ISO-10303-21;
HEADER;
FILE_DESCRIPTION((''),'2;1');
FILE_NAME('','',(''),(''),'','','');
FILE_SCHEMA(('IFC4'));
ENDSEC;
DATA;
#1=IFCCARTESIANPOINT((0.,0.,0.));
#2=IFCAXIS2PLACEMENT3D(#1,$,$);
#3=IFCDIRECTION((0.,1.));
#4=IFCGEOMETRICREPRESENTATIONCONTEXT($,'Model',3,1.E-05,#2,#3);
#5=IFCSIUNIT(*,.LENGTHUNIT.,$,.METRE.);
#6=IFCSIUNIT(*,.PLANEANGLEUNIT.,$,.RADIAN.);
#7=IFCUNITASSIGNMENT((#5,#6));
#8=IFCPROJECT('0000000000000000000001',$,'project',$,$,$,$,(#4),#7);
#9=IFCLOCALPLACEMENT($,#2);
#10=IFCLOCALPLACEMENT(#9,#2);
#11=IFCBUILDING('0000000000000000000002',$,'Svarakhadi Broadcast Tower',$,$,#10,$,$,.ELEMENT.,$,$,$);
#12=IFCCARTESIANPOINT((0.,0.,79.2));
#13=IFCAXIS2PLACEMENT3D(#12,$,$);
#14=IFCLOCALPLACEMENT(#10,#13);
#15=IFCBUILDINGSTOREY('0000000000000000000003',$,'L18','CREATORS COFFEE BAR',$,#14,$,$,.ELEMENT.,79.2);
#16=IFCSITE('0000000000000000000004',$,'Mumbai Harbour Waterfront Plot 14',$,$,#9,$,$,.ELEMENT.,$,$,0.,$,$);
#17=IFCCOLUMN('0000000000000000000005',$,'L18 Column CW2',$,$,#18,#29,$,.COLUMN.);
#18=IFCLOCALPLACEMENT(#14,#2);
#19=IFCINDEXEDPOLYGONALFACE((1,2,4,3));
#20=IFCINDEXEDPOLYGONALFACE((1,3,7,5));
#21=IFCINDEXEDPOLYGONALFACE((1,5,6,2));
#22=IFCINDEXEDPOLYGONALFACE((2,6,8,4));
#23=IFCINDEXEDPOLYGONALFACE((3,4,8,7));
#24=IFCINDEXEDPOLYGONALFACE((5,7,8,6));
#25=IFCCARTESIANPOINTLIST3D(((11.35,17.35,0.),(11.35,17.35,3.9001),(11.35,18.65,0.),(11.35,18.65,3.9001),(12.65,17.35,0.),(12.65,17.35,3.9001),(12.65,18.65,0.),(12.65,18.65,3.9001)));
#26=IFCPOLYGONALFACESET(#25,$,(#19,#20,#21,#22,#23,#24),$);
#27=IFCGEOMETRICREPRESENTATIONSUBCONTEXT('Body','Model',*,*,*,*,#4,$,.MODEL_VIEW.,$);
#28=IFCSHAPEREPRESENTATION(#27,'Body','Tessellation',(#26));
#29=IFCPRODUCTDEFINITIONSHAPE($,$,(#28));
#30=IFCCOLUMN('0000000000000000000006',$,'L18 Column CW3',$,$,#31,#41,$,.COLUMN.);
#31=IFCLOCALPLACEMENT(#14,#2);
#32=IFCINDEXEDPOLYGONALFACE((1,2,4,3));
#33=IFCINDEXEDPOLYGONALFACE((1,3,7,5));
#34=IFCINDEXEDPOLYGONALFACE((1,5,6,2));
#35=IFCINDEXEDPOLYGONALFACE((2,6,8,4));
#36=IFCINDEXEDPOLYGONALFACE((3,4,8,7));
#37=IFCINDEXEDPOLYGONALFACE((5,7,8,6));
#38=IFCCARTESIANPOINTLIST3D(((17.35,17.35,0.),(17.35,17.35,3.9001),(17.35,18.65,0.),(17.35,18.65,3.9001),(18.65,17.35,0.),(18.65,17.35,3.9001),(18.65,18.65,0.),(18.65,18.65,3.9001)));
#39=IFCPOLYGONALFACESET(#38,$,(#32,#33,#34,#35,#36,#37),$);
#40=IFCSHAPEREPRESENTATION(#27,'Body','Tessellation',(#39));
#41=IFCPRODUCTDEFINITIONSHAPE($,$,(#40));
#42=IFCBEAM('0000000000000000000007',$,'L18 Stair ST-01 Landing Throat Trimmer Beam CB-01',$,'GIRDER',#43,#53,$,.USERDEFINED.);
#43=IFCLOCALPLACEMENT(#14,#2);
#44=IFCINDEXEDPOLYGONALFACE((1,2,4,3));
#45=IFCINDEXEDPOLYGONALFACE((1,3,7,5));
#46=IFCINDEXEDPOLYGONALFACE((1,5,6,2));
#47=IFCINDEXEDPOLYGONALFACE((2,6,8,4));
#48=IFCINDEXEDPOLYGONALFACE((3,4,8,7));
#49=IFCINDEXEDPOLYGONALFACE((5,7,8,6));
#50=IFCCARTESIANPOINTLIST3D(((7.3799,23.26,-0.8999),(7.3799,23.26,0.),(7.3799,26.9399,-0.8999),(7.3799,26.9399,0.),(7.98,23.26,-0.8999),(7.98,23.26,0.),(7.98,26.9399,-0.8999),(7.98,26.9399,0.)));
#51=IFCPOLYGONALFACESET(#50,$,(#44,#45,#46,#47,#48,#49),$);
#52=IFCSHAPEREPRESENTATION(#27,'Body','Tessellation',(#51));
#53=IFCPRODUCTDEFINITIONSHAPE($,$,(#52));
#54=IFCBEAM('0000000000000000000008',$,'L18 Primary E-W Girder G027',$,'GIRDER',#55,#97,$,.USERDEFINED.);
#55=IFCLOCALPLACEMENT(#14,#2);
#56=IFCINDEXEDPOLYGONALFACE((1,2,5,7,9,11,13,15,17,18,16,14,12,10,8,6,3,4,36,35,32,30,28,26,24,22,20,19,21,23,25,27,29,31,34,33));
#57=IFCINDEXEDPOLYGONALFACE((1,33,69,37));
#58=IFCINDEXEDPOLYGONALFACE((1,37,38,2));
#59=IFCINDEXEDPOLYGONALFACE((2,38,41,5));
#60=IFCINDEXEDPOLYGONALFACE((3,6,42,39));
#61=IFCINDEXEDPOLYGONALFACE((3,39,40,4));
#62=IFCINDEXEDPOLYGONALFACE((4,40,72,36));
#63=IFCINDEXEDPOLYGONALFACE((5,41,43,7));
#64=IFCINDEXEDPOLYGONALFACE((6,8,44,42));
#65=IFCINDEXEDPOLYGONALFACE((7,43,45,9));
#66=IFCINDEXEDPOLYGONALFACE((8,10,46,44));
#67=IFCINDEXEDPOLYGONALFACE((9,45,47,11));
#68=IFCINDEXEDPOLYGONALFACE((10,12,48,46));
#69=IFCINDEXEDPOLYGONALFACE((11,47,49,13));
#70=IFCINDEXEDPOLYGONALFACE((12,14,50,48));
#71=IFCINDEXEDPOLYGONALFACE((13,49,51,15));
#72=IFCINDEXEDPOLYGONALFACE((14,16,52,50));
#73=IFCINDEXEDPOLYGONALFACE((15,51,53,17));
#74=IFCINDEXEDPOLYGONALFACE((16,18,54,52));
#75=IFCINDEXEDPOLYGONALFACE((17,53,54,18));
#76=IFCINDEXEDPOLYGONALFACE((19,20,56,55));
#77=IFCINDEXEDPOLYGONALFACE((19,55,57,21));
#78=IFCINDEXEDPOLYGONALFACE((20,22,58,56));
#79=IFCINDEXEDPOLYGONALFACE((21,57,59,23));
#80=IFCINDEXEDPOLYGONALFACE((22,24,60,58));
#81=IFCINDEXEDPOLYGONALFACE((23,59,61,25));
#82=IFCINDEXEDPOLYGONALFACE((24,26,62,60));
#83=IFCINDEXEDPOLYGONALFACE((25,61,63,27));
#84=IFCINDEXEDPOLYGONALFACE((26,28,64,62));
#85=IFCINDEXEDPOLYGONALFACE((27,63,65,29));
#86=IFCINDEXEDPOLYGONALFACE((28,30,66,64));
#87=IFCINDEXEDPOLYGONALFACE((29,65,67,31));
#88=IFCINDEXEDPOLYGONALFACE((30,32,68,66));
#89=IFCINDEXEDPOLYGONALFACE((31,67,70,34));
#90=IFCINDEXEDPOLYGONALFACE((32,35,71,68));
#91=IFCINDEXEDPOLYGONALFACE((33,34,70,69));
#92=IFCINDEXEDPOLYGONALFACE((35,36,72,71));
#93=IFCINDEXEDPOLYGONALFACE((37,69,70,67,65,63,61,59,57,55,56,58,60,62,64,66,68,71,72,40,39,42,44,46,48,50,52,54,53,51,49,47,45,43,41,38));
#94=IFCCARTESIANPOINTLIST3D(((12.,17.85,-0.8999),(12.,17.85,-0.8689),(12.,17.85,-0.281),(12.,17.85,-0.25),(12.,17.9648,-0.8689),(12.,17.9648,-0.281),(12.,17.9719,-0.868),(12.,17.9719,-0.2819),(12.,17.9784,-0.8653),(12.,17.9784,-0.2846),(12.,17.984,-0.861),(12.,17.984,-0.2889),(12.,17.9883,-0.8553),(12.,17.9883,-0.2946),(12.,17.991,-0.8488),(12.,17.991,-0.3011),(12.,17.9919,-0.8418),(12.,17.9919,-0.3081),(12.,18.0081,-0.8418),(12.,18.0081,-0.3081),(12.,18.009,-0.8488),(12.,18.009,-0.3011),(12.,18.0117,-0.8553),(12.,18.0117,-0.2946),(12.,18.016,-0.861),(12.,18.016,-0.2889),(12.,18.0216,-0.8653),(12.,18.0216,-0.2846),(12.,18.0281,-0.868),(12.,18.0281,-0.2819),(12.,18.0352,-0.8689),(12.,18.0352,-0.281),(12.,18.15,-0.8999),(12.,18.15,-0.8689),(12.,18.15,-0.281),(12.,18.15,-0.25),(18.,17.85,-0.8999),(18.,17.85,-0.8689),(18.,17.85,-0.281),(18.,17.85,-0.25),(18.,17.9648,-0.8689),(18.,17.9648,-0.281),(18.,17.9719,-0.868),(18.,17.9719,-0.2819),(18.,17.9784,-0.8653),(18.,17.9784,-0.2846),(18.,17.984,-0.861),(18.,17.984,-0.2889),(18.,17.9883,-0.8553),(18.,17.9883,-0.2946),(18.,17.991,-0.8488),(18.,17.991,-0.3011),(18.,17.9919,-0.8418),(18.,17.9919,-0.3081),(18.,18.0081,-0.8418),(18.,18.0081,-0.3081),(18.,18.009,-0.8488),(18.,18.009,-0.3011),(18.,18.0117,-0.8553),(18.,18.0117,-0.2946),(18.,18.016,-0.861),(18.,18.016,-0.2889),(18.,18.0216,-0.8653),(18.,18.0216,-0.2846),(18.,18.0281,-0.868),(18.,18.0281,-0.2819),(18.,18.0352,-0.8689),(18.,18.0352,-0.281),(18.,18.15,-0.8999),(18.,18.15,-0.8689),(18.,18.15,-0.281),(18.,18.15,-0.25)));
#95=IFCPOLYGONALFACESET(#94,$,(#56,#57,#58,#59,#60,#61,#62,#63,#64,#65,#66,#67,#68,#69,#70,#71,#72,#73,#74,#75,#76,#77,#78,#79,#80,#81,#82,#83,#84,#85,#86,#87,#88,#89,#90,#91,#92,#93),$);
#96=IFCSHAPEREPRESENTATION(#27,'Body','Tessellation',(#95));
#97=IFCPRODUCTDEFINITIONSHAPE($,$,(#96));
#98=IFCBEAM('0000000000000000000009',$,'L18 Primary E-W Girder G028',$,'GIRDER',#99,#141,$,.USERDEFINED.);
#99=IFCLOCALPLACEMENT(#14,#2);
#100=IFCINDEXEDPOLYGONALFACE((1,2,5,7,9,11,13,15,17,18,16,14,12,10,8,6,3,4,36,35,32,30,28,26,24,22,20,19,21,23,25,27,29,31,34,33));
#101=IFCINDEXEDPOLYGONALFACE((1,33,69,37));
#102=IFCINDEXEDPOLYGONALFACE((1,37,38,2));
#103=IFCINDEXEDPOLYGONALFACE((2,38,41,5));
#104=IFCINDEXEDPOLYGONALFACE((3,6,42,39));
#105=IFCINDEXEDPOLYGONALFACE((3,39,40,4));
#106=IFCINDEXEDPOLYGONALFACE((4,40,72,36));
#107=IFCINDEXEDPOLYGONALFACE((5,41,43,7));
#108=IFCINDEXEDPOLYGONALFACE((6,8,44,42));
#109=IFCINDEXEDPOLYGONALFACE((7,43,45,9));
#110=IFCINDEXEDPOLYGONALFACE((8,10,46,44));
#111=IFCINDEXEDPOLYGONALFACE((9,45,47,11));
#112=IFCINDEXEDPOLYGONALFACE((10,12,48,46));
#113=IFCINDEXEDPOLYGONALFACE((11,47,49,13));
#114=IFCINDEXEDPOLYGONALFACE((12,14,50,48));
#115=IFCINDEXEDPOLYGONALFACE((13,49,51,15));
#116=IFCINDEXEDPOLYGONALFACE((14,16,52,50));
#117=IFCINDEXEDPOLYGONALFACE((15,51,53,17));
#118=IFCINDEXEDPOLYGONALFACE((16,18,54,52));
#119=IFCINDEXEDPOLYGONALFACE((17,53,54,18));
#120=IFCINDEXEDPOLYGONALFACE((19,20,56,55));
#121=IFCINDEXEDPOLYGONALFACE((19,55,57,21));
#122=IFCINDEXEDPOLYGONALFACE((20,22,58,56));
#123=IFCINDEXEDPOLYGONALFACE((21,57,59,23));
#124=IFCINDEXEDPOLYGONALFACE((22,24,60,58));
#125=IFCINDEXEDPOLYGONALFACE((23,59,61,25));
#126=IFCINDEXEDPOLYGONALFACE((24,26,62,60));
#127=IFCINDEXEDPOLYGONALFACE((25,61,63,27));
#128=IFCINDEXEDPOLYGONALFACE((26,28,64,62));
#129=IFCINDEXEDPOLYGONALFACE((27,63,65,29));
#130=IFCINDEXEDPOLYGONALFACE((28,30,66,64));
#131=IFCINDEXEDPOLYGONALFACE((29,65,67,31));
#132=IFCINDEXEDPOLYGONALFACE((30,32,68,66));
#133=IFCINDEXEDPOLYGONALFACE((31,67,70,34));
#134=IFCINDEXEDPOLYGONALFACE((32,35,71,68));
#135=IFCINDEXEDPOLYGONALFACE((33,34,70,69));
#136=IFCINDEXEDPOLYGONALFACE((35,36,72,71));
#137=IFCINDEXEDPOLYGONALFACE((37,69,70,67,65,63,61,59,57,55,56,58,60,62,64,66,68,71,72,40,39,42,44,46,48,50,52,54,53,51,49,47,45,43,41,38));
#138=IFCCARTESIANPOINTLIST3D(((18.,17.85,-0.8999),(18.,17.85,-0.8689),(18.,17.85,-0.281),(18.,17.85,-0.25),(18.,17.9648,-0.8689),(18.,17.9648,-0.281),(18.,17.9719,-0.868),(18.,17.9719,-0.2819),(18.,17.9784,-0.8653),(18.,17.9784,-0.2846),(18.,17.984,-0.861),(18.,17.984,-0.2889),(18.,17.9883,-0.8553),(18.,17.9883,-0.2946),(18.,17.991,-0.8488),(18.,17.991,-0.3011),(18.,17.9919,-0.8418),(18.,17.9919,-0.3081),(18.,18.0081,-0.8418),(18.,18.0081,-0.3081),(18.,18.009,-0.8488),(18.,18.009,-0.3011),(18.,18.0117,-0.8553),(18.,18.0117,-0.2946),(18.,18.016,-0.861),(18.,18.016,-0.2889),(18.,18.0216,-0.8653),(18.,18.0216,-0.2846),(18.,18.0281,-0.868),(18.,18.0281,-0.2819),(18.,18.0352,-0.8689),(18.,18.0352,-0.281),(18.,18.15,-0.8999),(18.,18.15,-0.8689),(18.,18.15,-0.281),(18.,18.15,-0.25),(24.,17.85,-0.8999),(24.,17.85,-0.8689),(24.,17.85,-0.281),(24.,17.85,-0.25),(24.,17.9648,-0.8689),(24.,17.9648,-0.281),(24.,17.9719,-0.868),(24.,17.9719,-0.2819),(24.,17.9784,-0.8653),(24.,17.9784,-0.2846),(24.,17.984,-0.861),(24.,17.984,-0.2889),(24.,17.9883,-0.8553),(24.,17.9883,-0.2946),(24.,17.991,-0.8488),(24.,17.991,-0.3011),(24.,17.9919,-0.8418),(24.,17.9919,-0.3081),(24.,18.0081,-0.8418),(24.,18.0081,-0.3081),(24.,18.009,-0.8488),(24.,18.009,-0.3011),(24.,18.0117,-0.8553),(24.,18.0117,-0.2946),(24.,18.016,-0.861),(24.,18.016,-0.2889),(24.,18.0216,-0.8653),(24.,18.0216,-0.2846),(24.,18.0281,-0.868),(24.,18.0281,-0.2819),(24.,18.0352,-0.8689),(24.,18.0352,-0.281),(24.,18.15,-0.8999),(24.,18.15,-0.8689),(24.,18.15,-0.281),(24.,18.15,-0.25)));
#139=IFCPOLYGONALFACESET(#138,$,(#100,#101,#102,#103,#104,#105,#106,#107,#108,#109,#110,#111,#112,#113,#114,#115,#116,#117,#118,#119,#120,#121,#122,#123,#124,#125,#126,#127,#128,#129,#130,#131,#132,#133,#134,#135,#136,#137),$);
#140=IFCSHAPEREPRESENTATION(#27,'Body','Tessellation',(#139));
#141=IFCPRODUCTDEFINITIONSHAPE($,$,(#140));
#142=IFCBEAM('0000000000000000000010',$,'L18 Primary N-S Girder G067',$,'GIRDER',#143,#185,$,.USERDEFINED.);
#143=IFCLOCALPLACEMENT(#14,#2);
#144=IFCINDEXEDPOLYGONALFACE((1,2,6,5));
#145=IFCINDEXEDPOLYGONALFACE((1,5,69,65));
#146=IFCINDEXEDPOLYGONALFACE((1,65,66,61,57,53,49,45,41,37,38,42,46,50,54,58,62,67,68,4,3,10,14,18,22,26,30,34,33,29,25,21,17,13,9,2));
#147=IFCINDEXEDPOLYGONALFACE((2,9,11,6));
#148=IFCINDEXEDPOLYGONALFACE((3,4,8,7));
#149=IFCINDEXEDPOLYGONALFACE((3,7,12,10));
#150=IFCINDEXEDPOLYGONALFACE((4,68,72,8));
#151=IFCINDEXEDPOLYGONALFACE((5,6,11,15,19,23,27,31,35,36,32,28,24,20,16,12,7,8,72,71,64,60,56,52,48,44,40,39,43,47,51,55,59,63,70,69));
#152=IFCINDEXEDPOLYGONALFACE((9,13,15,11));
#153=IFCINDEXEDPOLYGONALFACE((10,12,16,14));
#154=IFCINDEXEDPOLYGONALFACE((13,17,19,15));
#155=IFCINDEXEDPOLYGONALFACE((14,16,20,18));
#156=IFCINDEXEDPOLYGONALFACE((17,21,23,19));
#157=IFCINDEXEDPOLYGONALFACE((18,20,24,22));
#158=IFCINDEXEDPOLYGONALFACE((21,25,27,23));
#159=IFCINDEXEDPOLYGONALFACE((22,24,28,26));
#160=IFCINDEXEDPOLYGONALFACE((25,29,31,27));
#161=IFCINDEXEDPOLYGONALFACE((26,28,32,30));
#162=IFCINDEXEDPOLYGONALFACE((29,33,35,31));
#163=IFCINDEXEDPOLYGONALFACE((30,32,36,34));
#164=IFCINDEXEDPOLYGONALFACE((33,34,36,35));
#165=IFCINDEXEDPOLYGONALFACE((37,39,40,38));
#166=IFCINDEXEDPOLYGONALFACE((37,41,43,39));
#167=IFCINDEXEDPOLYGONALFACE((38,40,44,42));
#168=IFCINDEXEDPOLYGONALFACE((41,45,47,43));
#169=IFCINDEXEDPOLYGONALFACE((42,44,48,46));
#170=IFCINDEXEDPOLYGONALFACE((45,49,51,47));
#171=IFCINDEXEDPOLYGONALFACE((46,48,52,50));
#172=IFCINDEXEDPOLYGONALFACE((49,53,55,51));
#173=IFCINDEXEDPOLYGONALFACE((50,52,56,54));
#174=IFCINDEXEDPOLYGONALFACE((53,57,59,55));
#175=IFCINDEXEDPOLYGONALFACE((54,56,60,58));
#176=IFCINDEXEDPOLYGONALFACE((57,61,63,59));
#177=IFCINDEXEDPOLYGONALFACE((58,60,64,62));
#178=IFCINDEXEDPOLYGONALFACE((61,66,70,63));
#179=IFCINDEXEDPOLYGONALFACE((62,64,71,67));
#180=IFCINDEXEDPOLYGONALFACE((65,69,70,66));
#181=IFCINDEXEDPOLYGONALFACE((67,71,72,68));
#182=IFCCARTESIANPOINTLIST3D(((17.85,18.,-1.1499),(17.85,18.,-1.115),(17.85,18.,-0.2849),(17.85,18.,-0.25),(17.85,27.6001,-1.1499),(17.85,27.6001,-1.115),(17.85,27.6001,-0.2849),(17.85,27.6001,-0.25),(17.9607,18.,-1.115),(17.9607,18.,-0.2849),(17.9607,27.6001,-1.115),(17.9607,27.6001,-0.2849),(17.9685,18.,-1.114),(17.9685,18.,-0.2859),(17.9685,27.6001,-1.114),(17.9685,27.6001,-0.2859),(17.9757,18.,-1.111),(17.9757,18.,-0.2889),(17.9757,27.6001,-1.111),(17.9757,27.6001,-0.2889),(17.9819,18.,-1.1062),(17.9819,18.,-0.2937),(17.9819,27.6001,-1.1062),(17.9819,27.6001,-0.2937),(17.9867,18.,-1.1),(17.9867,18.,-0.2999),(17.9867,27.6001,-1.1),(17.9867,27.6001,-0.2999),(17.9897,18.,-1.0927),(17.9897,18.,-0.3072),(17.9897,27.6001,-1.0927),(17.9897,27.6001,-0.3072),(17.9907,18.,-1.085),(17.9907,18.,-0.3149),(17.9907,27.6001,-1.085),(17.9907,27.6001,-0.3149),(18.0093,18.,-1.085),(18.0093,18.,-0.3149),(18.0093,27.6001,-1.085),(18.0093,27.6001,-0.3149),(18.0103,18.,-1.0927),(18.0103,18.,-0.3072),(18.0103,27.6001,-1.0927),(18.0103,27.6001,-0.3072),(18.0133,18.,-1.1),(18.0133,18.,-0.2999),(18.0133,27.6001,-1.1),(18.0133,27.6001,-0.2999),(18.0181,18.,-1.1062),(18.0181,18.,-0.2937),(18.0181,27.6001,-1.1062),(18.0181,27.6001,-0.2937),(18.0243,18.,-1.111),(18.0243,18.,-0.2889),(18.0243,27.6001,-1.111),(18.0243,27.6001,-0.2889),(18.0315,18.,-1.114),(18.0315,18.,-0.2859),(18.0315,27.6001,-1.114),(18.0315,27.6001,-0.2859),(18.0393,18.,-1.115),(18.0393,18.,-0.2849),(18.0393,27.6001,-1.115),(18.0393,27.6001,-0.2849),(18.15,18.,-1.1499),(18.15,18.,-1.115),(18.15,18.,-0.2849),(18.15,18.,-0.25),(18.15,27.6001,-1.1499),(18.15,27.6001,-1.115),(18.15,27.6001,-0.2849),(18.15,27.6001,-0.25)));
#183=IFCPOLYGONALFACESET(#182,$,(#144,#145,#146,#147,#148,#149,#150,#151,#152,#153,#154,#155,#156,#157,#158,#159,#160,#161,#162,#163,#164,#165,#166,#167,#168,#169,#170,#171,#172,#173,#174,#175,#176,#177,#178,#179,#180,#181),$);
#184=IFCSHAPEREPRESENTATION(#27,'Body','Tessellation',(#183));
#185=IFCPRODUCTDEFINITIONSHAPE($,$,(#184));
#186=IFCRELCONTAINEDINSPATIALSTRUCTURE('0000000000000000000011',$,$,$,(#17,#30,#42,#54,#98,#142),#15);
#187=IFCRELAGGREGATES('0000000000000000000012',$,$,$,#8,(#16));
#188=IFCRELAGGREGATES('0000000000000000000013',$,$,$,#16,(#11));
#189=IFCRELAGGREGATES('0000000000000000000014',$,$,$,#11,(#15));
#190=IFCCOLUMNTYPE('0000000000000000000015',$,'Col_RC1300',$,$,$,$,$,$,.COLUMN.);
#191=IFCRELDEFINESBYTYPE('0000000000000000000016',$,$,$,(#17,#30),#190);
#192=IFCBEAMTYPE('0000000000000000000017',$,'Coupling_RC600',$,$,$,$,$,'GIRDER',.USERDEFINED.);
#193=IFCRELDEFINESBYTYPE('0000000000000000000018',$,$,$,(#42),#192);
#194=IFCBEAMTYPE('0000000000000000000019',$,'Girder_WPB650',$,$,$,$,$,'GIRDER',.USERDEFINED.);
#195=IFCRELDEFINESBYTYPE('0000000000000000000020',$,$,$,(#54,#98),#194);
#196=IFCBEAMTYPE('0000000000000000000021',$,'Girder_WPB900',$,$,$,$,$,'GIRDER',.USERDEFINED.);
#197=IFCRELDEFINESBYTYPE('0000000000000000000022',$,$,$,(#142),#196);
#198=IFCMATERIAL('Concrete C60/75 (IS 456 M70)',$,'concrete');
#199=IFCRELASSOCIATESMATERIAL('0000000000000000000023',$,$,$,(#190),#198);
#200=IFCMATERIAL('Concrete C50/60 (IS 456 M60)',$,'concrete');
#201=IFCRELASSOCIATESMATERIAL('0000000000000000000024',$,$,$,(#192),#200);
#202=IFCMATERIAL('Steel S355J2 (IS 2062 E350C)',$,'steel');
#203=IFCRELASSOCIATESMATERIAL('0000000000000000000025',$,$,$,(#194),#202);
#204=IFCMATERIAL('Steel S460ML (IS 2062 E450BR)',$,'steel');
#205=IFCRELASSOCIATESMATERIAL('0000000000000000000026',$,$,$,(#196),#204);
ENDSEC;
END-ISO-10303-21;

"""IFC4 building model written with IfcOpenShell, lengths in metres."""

from ifc_helpers import new_model, si_unit, direction, frame, origin, origin_2d, place, context, subcontext, project, spatial, rectangle, i_section, extrude, material, material_profile, profile_set, type_object, element, save


model = new_model("IFC4")

# Units and contexts
model_context = context("Model", 3, precision=1e-05, world=origin(), true_north=direction((0.0, 1.0)))
body_context = subcontext(model_context, "Body", "Model", "MODEL_VIEW")
ifc_project = project(units=[si_unit("LENGTHUNIT", "METRE"), si_unit("PLANEANGLEUNIT", "RADIAN")], contexts=[model_context])

# Site, building, storey
site_placement = place(None, origin())
site = spatial("IfcSite", under=ifc_project, at=site_placement, Name="Mumbai Harbour Waterfront Plot 14", CompositionType="ELEMENT", RefElevation=0.0)
building_placement = place(site_placement, origin())
building = spatial("IfcBuilding", under=site, at=building_placement, Name="Svarakhadi Broadcast Tower", CompositionType="ELEMENT")
storey_placement = place(building_placement, frame((0.0, 0.0, 79.2)))
storey = spatial("IfcBuildingStorey", under=building, at=storey_placement, Name="L18", Description="CREATORS COFFEE BAR", CompositionType="ELEMENT", Elevation=79.2)

# Columns
ifc_material_1 = material(Name="Concrete C60/75 (IS 456 M70)", Category="concrete")
ifc_material_profile_1 = material_profile(ifc_material_1, rectangle(XDim=1.3, YDim=1.3, at=origin_2d()), Name="RC 1300x1300")
ifc_profile_set_1 = profile_set([ifc_material_profile_1], Name="Concrete C60/75 (IS 456 M70)")
column_type = type_object("IfcColumnType", Name="Col_RC1300", PredefinedType="COLUMN", material=ifc_profile_set_1)
for number, where, z_axis, x_axis, name in (
    (1, (12.0, 18.0, 0.0), (0.0, 0.0, 1.0), (1.0, 0.0, 0.0), "L18 Column CW2"),
    (2, (18.0, 18.0, 0.0), (0.0, 0.0, 1.0), (1.0, 0.0, 0.0), "L18 Column CW3"),
):
    element("IfcColumn", number, at=place(storey_placement, frame(where, z_axis=z_axis, x_axis=x_axis)), inside=storey, type_object=column_type, Name=name, PredefinedType="COLUMN", context=body_context, shape_type="SweptSolid", body=[
        extrude(rectangle(XDim=1.3, YDim=1.3, at=origin_2d()), origin(), (0.0, 0.0, 1.0), 3.9001),
    ])

# Beams
ifc_material_2 = material(Name="Concrete C50/60 (IS 456 M60)", Category="concrete")
ifc_material_profile_2 = material_profile(ifc_material_2, rectangle(XDim=0.6001, YDim=0.8999, at=origin_2d()), Name="RC 600x900")
ifc_profile_set_2 = profile_set([ifc_material_profile_2], Name="Concrete C50/60 (IS 456 M60)")
beam_type_1 = type_object("IfcBeamType", Name="Coupling_RC600", ElementType="GIRDER", PredefinedType="USERDEFINED", material=ifc_profile_set_2)
beam_1_placement = place(storey_placement, frame((7.6799, 23.26, -0.45), z_axis=(0.0, 1.0, 0.0), x_axis=(-1.0, 0.0, 0.0)))
element("IfcBeam", 3, at=beam_1_placement, inside=storey, type_object=beam_type_1, Name="L18 Stair ST-01 Landing Throat Trimmer Beam CB-01", ObjectType="GIRDER", PredefinedType="USERDEFINED", context=body_context, shape_type="SweptSolid", body=[
    extrude(rectangle(XDim=0.6001, YDim=0.8999, at=origin_2d()), origin(), (0.0, 0.0, 1.0), 3.6799),
])
ifc_material_3 = material(Name="Steel S355J2 (IS 2062 E350C)", Category="steel")
ifc_material_profile_3 = material_profile(ifc_material_3, i_section(OverallWidth=0.3, OverallDepth=0.6499, WebThickness=0.0161, FlangeThickness=0.031, FilletRadius=0.0271, at=origin_2d()), Name="WPB 650x300x225")
ifc_profile_set_3 = profile_set([ifc_material_profile_3], Name="Steel S355J2 (IS 2062 E350C)")
beam_type_2 = type_object("IfcBeamType", Name="Girder_WPB650", ElementType="GIRDER", PredefinedType="USERDEFINED", material=ifc_profile_set_3)
for number, where, z_axis, x_axis, name in (
    (4, (12.0, 18.0, -0.575), (1.0, 0.0, 0.0), (0.0, 1.0, 0.0), "L18 Primary E-W Girder G027"),
    (5, (18.0, 18.0, -0.575), (1.0, 0.0, 0.0), (0.0, 1.0, 0.0), "L18 Primary E-W Girder G028"),
):
    element("IfcBeam", number, at=place(storey_placement, frame(where, z_axis=z_axis, x_axis=x_axis)), inside=storey, type_object=beam_type_2, Name=name, ObjectType="GIRDER", PredefinedType="USERDEFINED", context=body_context, shape_type="SweptSolid", body=[
        extrude(i_section(OverallWidth=0.3, OverallDepth=0.6499, WebThickness=0.0161, FlangeThickness=0.031, FilletRadius=0.0271, at=origin_2d()), origin(), (0.0, 0.0, 1.0), 6.0),
    ])
ifc_material_4 = material(Name="Steel S460ML (IS 2062 E450BR)", Category="steel")
ifc_material_profile_4 = material_profile(ifc_material_4, i_section(OverallWidth=0.3, OverallDepth=0.8999, WebThickness=0.0186, FlangeThickness=0.0349, FilletRadius=0.03, at=origin_2d()), Name="WPB 900x300x291")
ifc_profile_set_4 = profile_set([ifc_material_profile_4], Name="Steel S460ML (IS 2062 E450BR)")
beam_type_3 = type_object("IfcBeamType", Name="Girder_WPB900", ElementType="GIRDER", PredefinedType="USERDEFINED", material=ifc_profile_set_4)
beam_2_placement = place(storey_placement, frame((18.0, 18.0, -0.7), z_axis=(0.0, 1.0, 0.0), x_axis=(-1.0, 0.0, 0.0)))
element("IfcBeam", 6, at=beam_2_placement, inside=storey, type_object=beam_type_3, Name="L18 Primary N-S Girder G067", ObjectType="GIRDER", PredefinedType="USERDEFINED", context=body_context, shape_type="SweptSolid", body=[
    extrude(i_section(OverallWidth=0.3, OverallDepth=0.8999, WebThickness=0.0186, FlangeThickness=0.0349, FilletRadius=0.03, at=origin_2d()), origin(), (0.0, 0.0, 1.0), 9.6001),
])

save(model, "model.ifc")
